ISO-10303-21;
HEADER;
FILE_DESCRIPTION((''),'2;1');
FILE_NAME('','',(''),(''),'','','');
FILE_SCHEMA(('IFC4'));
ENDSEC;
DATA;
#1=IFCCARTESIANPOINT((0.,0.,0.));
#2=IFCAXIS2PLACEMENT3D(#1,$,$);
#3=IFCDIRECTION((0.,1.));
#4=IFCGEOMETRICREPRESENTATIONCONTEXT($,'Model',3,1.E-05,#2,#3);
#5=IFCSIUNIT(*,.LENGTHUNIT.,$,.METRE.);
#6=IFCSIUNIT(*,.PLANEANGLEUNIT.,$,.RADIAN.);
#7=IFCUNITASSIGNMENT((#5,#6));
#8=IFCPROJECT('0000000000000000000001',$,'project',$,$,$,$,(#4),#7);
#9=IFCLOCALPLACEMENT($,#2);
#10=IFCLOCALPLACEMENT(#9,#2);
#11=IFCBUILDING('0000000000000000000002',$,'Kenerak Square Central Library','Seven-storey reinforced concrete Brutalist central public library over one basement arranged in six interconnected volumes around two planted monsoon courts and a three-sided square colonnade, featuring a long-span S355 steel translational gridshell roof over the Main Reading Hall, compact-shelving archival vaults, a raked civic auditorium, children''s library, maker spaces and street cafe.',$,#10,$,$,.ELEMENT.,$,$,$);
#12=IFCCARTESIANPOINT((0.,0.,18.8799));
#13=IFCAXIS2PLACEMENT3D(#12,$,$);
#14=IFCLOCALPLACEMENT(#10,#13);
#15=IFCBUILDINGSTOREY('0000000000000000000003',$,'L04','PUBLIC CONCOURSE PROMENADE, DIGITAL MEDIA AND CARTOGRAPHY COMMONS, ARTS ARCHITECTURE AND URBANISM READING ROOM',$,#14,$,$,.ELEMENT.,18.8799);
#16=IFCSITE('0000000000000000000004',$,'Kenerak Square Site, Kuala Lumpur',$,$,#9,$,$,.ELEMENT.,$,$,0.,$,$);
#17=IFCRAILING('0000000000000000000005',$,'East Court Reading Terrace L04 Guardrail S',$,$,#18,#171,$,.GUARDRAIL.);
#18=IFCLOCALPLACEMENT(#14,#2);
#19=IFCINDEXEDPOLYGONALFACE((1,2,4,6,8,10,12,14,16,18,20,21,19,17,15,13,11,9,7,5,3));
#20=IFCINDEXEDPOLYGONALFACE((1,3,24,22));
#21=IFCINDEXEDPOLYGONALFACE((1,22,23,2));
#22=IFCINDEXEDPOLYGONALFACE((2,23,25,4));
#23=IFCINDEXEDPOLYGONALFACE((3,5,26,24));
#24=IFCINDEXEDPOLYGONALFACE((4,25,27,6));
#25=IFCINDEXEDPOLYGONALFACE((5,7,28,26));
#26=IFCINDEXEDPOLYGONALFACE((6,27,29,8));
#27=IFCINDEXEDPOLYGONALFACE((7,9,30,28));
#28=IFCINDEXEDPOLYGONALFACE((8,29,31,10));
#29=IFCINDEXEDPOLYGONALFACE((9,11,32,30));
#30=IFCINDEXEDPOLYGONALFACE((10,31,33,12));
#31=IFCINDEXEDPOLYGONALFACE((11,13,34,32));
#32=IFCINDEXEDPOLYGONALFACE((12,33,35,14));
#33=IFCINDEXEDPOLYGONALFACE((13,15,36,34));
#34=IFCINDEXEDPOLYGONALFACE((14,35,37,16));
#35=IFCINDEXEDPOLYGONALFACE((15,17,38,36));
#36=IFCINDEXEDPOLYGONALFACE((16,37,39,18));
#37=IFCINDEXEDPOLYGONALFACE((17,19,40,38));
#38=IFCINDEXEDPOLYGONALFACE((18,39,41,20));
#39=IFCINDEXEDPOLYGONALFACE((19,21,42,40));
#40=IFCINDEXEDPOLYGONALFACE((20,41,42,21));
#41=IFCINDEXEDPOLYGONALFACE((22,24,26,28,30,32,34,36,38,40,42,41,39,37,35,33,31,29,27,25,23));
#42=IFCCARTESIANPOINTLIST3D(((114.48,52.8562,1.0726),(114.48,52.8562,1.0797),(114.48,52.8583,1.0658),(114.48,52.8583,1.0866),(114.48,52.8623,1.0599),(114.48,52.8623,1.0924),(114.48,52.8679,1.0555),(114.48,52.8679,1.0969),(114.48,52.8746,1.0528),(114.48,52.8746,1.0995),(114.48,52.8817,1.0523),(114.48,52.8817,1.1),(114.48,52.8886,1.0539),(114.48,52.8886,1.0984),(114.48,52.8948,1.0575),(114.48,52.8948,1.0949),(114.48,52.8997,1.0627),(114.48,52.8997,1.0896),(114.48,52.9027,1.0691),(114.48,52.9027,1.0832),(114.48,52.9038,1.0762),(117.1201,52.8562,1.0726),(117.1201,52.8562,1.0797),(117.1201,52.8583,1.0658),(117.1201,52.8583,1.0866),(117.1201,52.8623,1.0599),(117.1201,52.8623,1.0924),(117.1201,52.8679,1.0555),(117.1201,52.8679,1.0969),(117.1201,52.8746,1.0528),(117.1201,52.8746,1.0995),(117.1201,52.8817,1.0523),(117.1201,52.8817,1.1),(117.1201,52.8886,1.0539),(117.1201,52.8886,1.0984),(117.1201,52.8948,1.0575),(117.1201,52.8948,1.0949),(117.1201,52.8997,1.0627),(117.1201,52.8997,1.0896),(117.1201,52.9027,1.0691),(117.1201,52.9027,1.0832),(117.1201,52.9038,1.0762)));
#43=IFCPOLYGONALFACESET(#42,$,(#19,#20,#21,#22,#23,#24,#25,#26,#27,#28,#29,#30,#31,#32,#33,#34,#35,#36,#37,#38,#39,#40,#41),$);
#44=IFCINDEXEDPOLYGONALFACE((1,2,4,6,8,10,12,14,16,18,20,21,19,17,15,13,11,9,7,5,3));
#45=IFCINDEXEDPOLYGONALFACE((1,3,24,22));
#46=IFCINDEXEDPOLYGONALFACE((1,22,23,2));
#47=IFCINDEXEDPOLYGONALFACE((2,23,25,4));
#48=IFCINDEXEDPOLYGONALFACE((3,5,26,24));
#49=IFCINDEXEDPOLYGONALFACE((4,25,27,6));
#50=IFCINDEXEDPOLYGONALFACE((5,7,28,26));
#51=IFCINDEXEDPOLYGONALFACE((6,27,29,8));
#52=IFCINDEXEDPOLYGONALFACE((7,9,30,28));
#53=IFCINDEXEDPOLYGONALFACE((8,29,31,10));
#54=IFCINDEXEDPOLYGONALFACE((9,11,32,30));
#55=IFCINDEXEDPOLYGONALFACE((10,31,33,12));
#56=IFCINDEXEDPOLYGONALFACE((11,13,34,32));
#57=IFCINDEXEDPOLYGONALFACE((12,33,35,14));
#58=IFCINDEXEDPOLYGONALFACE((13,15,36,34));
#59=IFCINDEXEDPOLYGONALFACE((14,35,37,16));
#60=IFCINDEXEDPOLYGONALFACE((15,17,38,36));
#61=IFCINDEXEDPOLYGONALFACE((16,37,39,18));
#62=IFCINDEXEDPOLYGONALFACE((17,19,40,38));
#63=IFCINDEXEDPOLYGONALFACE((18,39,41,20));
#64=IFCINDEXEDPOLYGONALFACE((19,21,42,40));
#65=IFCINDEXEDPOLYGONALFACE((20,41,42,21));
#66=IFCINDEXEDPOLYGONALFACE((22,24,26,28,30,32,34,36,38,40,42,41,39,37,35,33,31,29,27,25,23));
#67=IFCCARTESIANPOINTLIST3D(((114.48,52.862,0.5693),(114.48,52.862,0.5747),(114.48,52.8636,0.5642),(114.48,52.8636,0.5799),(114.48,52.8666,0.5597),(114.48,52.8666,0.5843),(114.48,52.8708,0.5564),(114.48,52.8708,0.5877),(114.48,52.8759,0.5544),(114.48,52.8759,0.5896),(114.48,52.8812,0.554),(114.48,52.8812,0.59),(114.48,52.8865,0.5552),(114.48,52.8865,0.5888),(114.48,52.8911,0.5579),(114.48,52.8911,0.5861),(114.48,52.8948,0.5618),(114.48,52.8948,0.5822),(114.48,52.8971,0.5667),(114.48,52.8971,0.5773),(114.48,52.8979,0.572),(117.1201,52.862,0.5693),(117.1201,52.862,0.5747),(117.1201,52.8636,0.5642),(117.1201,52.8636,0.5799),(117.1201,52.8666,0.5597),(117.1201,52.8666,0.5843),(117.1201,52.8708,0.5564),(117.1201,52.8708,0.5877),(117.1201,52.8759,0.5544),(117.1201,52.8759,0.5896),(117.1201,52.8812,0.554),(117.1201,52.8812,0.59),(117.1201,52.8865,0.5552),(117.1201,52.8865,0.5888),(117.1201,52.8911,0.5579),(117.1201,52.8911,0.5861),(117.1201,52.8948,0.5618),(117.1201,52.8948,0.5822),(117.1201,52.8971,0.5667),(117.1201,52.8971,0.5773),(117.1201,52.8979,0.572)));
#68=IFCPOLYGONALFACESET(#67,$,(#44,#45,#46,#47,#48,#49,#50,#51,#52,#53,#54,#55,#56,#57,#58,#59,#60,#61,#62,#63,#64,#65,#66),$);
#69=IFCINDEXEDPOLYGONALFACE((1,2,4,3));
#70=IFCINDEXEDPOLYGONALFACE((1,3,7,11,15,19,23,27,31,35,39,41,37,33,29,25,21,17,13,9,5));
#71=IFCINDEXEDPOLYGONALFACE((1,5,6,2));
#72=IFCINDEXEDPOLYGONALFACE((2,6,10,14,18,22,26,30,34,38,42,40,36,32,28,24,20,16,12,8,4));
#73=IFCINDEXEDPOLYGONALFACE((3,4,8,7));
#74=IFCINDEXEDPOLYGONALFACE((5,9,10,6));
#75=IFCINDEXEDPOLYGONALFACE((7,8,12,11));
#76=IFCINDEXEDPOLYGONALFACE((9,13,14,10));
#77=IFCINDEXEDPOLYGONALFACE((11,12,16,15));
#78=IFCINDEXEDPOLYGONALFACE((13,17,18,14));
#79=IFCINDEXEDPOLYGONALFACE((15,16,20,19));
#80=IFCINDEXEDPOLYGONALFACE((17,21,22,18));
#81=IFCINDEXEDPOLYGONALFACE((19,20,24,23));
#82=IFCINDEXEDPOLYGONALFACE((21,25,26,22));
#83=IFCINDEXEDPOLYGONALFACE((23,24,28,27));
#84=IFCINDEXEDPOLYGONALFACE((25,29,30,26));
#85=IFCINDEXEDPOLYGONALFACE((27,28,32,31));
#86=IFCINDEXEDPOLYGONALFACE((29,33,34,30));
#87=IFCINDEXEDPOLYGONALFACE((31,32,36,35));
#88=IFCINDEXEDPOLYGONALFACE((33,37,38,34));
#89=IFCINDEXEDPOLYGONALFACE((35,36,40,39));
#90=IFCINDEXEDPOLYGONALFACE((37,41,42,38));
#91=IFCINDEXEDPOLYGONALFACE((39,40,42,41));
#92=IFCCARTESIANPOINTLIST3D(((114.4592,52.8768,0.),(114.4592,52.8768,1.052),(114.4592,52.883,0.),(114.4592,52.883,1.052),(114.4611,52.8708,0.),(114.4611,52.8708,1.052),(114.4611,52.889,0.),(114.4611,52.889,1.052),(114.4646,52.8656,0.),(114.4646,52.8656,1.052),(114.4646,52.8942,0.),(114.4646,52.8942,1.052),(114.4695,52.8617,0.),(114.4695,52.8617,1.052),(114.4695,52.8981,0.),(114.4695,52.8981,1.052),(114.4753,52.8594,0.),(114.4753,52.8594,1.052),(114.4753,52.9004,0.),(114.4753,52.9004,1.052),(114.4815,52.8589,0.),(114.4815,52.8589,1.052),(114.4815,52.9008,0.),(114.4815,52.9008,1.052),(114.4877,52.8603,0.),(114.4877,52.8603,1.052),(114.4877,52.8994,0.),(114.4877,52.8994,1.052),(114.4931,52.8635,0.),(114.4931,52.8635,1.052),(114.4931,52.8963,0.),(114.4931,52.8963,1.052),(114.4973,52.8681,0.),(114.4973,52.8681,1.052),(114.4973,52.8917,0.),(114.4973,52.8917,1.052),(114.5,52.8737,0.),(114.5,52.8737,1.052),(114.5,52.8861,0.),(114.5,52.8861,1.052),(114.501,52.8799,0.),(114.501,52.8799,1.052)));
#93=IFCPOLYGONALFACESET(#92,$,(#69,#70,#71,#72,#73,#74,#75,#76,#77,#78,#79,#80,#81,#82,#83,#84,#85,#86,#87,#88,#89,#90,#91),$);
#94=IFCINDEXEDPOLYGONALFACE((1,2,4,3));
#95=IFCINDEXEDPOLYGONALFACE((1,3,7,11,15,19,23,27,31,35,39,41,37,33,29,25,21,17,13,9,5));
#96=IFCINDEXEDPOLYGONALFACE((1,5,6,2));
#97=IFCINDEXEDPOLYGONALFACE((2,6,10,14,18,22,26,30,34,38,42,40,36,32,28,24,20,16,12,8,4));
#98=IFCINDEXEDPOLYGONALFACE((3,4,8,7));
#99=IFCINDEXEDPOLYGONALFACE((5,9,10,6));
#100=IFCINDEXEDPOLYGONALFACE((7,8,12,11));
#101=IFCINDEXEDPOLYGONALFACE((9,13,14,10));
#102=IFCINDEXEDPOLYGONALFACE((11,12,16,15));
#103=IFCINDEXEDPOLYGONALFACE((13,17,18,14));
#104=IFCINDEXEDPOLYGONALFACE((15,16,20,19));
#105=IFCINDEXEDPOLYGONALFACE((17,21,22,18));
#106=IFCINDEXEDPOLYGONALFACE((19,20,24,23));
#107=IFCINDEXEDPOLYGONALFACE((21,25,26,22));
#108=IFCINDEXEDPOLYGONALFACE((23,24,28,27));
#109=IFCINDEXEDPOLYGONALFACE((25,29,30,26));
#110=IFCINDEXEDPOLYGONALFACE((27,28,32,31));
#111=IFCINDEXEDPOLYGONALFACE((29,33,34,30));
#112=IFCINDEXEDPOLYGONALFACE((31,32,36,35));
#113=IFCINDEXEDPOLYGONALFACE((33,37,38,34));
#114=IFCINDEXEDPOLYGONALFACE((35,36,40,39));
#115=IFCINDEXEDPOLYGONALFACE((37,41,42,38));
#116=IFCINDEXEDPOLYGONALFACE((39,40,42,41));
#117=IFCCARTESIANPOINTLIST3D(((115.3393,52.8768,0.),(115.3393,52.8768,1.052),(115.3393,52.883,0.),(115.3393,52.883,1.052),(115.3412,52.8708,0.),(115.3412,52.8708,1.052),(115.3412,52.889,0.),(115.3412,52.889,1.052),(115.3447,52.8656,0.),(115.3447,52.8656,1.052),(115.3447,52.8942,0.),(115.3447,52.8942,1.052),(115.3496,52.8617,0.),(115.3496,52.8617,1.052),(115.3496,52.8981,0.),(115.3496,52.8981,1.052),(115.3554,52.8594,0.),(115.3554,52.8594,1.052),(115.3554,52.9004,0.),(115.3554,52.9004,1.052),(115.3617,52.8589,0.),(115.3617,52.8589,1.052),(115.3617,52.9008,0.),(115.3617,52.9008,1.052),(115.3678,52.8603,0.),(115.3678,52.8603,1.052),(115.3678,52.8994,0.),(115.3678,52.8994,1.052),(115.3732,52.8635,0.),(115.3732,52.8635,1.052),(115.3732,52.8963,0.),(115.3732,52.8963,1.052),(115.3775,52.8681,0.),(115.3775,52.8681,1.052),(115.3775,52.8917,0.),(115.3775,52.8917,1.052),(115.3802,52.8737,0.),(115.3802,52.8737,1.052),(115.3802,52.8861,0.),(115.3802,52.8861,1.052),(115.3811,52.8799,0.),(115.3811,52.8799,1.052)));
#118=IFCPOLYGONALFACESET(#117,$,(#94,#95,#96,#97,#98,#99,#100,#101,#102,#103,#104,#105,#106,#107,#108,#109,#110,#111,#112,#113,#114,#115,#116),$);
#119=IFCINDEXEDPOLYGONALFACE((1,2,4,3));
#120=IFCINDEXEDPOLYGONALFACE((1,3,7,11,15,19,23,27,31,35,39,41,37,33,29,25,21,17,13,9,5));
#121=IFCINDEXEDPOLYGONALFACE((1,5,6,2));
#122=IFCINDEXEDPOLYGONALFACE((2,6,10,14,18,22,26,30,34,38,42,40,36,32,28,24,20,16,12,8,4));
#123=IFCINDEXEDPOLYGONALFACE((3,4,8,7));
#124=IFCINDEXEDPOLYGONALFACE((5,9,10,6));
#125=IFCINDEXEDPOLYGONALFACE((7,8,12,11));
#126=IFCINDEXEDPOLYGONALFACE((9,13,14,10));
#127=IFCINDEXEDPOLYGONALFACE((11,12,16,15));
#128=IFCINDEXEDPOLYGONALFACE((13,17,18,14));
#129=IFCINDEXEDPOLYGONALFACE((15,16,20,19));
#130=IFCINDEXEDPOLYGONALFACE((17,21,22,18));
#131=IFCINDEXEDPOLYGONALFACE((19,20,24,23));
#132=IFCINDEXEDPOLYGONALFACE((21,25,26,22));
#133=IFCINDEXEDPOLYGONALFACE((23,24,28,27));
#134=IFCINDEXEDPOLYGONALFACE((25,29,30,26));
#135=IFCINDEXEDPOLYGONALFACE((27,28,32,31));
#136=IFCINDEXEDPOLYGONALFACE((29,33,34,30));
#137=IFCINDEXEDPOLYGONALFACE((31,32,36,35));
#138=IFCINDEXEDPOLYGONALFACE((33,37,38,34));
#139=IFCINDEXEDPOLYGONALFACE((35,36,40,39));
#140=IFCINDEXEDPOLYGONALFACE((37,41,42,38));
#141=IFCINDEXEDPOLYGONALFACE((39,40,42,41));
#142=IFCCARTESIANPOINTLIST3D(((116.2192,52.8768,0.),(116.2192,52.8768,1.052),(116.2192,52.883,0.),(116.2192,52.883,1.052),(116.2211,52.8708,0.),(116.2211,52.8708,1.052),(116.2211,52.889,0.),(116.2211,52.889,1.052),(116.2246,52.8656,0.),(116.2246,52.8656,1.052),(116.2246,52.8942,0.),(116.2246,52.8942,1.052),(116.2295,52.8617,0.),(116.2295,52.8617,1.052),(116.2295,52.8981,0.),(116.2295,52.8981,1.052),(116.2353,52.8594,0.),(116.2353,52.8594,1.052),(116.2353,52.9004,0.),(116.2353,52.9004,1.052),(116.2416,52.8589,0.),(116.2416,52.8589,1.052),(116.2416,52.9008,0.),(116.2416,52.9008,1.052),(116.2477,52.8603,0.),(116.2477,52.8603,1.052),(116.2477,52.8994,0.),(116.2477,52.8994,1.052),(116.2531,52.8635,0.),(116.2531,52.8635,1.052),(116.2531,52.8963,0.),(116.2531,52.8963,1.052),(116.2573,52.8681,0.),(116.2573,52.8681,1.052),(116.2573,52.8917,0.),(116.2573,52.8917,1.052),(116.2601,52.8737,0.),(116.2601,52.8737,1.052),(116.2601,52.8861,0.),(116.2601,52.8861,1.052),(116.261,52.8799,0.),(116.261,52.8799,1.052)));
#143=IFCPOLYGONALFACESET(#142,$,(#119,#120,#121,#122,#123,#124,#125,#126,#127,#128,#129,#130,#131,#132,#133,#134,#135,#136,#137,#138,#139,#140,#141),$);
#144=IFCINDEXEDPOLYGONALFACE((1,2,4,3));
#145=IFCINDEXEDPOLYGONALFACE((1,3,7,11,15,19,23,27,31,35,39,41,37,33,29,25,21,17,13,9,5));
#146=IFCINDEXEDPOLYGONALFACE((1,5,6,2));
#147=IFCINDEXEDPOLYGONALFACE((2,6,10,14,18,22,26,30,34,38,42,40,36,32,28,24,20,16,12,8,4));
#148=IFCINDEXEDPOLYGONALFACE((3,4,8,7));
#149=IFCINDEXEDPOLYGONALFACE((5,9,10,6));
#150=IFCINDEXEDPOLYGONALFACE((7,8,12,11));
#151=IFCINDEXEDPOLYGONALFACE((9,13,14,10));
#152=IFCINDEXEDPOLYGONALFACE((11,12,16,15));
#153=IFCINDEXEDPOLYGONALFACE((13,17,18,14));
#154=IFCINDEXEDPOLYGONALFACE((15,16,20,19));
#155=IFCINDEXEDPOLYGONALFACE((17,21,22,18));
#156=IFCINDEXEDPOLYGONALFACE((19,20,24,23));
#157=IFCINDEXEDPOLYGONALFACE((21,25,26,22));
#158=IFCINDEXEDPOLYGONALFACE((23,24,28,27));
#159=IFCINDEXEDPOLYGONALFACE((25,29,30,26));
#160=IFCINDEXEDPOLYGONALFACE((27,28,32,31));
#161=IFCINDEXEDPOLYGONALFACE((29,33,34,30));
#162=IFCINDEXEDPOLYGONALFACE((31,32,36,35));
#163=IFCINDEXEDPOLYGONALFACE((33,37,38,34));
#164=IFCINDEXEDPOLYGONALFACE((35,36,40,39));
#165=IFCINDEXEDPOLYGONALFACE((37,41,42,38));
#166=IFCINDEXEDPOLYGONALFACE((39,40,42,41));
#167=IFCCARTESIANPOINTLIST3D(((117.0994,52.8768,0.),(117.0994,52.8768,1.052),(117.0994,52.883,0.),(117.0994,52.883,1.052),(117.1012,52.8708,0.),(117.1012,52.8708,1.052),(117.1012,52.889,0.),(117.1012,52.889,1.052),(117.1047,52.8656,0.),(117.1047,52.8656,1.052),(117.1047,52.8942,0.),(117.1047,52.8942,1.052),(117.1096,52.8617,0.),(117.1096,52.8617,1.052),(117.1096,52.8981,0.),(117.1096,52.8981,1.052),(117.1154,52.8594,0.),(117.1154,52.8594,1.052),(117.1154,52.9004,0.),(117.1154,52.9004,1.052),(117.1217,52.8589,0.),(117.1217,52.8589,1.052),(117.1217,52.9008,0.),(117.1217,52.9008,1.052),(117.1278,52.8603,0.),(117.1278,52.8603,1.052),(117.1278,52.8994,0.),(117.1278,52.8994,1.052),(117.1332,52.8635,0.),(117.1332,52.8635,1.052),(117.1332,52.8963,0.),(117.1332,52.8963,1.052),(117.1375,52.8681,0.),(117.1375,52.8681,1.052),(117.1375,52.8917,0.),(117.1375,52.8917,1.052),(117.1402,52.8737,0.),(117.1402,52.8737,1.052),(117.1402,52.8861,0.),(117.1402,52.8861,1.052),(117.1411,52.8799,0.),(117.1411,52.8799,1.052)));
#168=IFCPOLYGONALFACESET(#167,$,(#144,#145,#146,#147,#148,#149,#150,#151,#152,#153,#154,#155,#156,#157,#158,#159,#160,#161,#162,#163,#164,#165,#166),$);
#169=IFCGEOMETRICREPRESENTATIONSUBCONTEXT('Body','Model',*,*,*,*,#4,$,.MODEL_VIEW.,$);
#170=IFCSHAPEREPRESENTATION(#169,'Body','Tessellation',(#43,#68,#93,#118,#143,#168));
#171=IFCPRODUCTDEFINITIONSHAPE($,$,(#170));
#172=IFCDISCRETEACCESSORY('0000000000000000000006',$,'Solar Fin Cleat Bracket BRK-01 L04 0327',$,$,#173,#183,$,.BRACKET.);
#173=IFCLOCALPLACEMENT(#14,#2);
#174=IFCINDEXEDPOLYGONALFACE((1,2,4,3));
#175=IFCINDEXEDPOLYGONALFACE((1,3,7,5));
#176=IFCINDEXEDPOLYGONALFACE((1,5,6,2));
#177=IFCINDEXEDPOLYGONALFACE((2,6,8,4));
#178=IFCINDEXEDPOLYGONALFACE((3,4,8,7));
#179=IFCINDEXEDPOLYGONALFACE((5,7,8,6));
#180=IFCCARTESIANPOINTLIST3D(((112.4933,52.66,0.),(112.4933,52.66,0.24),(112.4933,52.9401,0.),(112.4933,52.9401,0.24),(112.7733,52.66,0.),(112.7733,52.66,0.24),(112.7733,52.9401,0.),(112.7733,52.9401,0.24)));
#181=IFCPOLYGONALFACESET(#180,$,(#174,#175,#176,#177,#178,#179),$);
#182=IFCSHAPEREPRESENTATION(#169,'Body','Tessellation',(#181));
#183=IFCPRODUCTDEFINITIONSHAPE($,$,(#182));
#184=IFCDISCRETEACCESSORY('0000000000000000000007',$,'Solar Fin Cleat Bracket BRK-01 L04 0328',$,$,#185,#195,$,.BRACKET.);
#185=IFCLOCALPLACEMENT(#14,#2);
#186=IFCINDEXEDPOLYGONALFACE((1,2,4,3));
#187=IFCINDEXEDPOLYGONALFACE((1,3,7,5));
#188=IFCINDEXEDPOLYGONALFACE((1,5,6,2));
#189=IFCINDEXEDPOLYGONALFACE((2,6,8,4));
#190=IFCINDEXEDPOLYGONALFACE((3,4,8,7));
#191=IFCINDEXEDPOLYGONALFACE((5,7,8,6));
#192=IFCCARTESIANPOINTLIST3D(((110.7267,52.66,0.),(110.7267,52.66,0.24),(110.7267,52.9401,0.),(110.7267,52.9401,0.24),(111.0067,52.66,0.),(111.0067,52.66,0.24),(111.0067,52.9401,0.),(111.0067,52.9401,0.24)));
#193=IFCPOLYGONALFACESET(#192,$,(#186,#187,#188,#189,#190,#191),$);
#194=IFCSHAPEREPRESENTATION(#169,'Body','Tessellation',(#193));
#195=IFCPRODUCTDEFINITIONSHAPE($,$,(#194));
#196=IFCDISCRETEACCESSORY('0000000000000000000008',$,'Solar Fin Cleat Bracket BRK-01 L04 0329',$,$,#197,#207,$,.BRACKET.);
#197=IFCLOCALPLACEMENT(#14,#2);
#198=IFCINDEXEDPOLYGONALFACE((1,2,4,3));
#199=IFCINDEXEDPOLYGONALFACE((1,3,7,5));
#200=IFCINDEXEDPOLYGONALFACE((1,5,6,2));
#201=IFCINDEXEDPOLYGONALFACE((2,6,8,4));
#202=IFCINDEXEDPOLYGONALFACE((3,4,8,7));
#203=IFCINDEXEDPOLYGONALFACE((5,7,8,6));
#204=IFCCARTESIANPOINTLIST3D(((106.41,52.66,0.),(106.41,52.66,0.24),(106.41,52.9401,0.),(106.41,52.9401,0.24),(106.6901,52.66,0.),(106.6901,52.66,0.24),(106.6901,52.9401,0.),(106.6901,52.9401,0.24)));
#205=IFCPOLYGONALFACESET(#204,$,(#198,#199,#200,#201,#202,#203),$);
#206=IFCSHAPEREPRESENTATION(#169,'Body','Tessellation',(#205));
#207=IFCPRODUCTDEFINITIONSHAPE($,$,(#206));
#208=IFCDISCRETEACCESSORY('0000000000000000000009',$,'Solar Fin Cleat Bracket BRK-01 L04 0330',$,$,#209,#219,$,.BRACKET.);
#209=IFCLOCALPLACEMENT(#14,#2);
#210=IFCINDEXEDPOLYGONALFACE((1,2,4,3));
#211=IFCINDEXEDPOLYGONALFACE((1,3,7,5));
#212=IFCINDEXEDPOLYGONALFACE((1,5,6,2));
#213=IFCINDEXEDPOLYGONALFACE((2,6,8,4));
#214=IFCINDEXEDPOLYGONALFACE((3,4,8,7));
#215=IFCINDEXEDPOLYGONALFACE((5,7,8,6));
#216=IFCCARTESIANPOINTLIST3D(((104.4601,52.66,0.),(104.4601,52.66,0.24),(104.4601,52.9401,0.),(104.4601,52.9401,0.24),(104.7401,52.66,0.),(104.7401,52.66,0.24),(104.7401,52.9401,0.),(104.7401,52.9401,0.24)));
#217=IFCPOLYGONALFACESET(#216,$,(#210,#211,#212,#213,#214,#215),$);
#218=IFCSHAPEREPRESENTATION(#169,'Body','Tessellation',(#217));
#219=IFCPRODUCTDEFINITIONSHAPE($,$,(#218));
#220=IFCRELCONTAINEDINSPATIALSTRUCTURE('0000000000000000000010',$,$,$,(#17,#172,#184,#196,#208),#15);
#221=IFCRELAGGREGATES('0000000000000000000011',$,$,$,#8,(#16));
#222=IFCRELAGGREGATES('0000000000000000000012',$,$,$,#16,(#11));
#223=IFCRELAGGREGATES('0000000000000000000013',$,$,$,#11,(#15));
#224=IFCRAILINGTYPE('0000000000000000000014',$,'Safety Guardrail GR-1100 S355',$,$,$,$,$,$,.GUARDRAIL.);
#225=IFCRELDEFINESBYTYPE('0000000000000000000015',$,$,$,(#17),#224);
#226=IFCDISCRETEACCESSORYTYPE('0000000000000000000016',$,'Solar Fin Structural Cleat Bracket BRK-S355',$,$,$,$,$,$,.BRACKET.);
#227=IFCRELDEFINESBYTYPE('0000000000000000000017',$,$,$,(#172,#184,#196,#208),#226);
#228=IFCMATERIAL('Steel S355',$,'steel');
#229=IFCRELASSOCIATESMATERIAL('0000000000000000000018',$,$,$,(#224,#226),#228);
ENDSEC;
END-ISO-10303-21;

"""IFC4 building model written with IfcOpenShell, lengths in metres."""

from ifc_helpers import new_model, si_unit, direction, frame, origin, origin_2d, place, context, subcontext, project, spatial, rectangle, circle, extrude, material, type_object, element, save


model = new_model("IFC4")

# Units and contexts
model_context = context("Model", 3, precision=1e-05, world=origin(), true_north=direction((0.0, 1.0)))
body_context = subcontext(model_context, "Body", "Model", "MODEL_VIEW")
ifc_project = project(units=[si_unit("LENGTHUNIT", "METRE"), si_unit("PLANEANGLEUNIT", "RADIAN")], contexts=[model_context])

# Site, building, storey
site_placement = place(None, origin())
site = spatial("IfcSite", under=ifc_project, at=site_placement, Name="Kenerak Square Site, Kuala Lumpur", CompositionType="ELEMENT", RefElevation=0.0)
building_placement = place(site_placement, origin())
building = spatial("IfcBuilding", under=site, at=building_placement, Name="Kenerak Square Central Library", Description="Seven-storey reinforced concrete Brutalist central public library over one basement arranged in six interconnected volumes around two planted monsoon courts and a three-sided square colonnade, featuring a long-span S355 steel translational gridshell roof over the Main Reading Hall, compact-shelving archival vaults, a raked civic auditorium, children's library, maker spaces and street cafe.", CompositionType="ELEMENT")
storey_placement = place(building_placement, frame((0.0, 0.0, 18.8799)))
storey = spatial("IfcBuildingStorey", under=building, at=storey_placement, Name="L04", Description="PUBLIC CONCOURSE PROMENADE, DIGITAL MEDIA AND CARTOGRAPHY COMMONS, ARTS ARCHITECTURE AND URBANISM READING ROOM", CompositionType="ELEMENT", Elevation=18.8799)

# Shared definitions
ifc_material_1 = material(Name="Steel S355", Category="steel")

# Railing
railing_type = type_object("IfcRailingType", Name="Safety Guardrail GR-1100 S355", PredefinedType="GUARDRAIL", material=ifc_material_1)
railing_1_placement = place(storey_placement, frame((114.48, 52.8799, 0.0)))
element("IfcRailing", 1, at=railing_1_placement, inside=storey, type_object=railing_type, Name="East Court Reading Terrace L04 Guardrail S", PredefinedType="GUARDRAIL", context=body_context, shape_type="SweptSolid", body=[
    extrude(circle(Radius=0.0239, at=origin_2d()), frame((0.0, 0.0, 1.0762), z_axis=(1.0, 0.0, 0.0), x_axis=(0.0, 1.0, 0.0)), (0.0, 0.0, 1.0), 2.6401),
    extrude(circle(Radius=0.0181, at=origin_2d()), frame((0.0, 0.0, 0.572), z_axis=(1.0, 0.0, 0.0), x_axis=(0.0, 1.0, 0.0)), (0.0, 0.0, 1.0), 2.6401),
    extrude(circle(Radius=0.021, at=origin_2d()), origin(), (0.0, 0.0, 1.0), 1.052),
    extrude(circle(Radius=0.021, at=origin_2d()), frame((0.8801, 0.0, 0.0)), (0.0, 0.0, 1.0), 1.052),
    extrude(circle(Radius=0.021, at=origin_2d()), frame((1.76, 0.0, 0.0)), (0.0, 0.0, 1.0), 1.052),
    extrude(circle(Radius=0.021, at=origin_2d()), frame((2.6401, 0.0, 0.0)), (0.0, 0.0, 1.0), 1.052),
])

# Discrete accessories
discrete_accessory_type = type_object("IfcDiscreteAccessoryType", Name="Solar Fin Structural Cleat Bracket BRK-S355", PredefinedType="BRACKET", material=ifc_material_1)
for number, where, z_axis, x_axis, name in (
    (2, (112.6333, 52.8, 0.0), (0.0, 0.0, 1.0), (-1.0, 0.0, 0.0), "Solar Fin Cleat Bracket BRK-01 L04 0327"),
    (3, (110.8667, 52.8, 0.0), (0.0, 0.0, 1.0), (-1.0, 0.0, 0.0), "Solar Fin Cleat Bracket BRK-01 L04 0328"),
    (4, (106.55, 52.8, 0.0), (0.0, 0.0, 1.0), (-1.0, 0.0, 0.0), "Solar Fin Cleat Bracket BRK-01 L04 0329"),
    (5, (104.6001, 52.8, 0.0), (0.0, 0.0, 1.0), (-1.0, 0.0, 0.0), "Solar Fin Cleat Bracket BRK-01 L04 0330"),
):
    element("IfcDiscreteAccessory", number, at=place(storey_placement, frame(where, z_axis=z_axis, x_axis=x_axis)), inside=storey, type_object=discrete_accessory_type, Name=name, PredefinedType="BRACKET", context=body_context, shape_type="SweptSolid", body=[
        extrude(rectangle(XDim=0.28, YDim=0.28, at=origin_2d()), origin(), (0.0, 0.0, 1.0), 0.24),
    ])

save(model, "model.ifc")
